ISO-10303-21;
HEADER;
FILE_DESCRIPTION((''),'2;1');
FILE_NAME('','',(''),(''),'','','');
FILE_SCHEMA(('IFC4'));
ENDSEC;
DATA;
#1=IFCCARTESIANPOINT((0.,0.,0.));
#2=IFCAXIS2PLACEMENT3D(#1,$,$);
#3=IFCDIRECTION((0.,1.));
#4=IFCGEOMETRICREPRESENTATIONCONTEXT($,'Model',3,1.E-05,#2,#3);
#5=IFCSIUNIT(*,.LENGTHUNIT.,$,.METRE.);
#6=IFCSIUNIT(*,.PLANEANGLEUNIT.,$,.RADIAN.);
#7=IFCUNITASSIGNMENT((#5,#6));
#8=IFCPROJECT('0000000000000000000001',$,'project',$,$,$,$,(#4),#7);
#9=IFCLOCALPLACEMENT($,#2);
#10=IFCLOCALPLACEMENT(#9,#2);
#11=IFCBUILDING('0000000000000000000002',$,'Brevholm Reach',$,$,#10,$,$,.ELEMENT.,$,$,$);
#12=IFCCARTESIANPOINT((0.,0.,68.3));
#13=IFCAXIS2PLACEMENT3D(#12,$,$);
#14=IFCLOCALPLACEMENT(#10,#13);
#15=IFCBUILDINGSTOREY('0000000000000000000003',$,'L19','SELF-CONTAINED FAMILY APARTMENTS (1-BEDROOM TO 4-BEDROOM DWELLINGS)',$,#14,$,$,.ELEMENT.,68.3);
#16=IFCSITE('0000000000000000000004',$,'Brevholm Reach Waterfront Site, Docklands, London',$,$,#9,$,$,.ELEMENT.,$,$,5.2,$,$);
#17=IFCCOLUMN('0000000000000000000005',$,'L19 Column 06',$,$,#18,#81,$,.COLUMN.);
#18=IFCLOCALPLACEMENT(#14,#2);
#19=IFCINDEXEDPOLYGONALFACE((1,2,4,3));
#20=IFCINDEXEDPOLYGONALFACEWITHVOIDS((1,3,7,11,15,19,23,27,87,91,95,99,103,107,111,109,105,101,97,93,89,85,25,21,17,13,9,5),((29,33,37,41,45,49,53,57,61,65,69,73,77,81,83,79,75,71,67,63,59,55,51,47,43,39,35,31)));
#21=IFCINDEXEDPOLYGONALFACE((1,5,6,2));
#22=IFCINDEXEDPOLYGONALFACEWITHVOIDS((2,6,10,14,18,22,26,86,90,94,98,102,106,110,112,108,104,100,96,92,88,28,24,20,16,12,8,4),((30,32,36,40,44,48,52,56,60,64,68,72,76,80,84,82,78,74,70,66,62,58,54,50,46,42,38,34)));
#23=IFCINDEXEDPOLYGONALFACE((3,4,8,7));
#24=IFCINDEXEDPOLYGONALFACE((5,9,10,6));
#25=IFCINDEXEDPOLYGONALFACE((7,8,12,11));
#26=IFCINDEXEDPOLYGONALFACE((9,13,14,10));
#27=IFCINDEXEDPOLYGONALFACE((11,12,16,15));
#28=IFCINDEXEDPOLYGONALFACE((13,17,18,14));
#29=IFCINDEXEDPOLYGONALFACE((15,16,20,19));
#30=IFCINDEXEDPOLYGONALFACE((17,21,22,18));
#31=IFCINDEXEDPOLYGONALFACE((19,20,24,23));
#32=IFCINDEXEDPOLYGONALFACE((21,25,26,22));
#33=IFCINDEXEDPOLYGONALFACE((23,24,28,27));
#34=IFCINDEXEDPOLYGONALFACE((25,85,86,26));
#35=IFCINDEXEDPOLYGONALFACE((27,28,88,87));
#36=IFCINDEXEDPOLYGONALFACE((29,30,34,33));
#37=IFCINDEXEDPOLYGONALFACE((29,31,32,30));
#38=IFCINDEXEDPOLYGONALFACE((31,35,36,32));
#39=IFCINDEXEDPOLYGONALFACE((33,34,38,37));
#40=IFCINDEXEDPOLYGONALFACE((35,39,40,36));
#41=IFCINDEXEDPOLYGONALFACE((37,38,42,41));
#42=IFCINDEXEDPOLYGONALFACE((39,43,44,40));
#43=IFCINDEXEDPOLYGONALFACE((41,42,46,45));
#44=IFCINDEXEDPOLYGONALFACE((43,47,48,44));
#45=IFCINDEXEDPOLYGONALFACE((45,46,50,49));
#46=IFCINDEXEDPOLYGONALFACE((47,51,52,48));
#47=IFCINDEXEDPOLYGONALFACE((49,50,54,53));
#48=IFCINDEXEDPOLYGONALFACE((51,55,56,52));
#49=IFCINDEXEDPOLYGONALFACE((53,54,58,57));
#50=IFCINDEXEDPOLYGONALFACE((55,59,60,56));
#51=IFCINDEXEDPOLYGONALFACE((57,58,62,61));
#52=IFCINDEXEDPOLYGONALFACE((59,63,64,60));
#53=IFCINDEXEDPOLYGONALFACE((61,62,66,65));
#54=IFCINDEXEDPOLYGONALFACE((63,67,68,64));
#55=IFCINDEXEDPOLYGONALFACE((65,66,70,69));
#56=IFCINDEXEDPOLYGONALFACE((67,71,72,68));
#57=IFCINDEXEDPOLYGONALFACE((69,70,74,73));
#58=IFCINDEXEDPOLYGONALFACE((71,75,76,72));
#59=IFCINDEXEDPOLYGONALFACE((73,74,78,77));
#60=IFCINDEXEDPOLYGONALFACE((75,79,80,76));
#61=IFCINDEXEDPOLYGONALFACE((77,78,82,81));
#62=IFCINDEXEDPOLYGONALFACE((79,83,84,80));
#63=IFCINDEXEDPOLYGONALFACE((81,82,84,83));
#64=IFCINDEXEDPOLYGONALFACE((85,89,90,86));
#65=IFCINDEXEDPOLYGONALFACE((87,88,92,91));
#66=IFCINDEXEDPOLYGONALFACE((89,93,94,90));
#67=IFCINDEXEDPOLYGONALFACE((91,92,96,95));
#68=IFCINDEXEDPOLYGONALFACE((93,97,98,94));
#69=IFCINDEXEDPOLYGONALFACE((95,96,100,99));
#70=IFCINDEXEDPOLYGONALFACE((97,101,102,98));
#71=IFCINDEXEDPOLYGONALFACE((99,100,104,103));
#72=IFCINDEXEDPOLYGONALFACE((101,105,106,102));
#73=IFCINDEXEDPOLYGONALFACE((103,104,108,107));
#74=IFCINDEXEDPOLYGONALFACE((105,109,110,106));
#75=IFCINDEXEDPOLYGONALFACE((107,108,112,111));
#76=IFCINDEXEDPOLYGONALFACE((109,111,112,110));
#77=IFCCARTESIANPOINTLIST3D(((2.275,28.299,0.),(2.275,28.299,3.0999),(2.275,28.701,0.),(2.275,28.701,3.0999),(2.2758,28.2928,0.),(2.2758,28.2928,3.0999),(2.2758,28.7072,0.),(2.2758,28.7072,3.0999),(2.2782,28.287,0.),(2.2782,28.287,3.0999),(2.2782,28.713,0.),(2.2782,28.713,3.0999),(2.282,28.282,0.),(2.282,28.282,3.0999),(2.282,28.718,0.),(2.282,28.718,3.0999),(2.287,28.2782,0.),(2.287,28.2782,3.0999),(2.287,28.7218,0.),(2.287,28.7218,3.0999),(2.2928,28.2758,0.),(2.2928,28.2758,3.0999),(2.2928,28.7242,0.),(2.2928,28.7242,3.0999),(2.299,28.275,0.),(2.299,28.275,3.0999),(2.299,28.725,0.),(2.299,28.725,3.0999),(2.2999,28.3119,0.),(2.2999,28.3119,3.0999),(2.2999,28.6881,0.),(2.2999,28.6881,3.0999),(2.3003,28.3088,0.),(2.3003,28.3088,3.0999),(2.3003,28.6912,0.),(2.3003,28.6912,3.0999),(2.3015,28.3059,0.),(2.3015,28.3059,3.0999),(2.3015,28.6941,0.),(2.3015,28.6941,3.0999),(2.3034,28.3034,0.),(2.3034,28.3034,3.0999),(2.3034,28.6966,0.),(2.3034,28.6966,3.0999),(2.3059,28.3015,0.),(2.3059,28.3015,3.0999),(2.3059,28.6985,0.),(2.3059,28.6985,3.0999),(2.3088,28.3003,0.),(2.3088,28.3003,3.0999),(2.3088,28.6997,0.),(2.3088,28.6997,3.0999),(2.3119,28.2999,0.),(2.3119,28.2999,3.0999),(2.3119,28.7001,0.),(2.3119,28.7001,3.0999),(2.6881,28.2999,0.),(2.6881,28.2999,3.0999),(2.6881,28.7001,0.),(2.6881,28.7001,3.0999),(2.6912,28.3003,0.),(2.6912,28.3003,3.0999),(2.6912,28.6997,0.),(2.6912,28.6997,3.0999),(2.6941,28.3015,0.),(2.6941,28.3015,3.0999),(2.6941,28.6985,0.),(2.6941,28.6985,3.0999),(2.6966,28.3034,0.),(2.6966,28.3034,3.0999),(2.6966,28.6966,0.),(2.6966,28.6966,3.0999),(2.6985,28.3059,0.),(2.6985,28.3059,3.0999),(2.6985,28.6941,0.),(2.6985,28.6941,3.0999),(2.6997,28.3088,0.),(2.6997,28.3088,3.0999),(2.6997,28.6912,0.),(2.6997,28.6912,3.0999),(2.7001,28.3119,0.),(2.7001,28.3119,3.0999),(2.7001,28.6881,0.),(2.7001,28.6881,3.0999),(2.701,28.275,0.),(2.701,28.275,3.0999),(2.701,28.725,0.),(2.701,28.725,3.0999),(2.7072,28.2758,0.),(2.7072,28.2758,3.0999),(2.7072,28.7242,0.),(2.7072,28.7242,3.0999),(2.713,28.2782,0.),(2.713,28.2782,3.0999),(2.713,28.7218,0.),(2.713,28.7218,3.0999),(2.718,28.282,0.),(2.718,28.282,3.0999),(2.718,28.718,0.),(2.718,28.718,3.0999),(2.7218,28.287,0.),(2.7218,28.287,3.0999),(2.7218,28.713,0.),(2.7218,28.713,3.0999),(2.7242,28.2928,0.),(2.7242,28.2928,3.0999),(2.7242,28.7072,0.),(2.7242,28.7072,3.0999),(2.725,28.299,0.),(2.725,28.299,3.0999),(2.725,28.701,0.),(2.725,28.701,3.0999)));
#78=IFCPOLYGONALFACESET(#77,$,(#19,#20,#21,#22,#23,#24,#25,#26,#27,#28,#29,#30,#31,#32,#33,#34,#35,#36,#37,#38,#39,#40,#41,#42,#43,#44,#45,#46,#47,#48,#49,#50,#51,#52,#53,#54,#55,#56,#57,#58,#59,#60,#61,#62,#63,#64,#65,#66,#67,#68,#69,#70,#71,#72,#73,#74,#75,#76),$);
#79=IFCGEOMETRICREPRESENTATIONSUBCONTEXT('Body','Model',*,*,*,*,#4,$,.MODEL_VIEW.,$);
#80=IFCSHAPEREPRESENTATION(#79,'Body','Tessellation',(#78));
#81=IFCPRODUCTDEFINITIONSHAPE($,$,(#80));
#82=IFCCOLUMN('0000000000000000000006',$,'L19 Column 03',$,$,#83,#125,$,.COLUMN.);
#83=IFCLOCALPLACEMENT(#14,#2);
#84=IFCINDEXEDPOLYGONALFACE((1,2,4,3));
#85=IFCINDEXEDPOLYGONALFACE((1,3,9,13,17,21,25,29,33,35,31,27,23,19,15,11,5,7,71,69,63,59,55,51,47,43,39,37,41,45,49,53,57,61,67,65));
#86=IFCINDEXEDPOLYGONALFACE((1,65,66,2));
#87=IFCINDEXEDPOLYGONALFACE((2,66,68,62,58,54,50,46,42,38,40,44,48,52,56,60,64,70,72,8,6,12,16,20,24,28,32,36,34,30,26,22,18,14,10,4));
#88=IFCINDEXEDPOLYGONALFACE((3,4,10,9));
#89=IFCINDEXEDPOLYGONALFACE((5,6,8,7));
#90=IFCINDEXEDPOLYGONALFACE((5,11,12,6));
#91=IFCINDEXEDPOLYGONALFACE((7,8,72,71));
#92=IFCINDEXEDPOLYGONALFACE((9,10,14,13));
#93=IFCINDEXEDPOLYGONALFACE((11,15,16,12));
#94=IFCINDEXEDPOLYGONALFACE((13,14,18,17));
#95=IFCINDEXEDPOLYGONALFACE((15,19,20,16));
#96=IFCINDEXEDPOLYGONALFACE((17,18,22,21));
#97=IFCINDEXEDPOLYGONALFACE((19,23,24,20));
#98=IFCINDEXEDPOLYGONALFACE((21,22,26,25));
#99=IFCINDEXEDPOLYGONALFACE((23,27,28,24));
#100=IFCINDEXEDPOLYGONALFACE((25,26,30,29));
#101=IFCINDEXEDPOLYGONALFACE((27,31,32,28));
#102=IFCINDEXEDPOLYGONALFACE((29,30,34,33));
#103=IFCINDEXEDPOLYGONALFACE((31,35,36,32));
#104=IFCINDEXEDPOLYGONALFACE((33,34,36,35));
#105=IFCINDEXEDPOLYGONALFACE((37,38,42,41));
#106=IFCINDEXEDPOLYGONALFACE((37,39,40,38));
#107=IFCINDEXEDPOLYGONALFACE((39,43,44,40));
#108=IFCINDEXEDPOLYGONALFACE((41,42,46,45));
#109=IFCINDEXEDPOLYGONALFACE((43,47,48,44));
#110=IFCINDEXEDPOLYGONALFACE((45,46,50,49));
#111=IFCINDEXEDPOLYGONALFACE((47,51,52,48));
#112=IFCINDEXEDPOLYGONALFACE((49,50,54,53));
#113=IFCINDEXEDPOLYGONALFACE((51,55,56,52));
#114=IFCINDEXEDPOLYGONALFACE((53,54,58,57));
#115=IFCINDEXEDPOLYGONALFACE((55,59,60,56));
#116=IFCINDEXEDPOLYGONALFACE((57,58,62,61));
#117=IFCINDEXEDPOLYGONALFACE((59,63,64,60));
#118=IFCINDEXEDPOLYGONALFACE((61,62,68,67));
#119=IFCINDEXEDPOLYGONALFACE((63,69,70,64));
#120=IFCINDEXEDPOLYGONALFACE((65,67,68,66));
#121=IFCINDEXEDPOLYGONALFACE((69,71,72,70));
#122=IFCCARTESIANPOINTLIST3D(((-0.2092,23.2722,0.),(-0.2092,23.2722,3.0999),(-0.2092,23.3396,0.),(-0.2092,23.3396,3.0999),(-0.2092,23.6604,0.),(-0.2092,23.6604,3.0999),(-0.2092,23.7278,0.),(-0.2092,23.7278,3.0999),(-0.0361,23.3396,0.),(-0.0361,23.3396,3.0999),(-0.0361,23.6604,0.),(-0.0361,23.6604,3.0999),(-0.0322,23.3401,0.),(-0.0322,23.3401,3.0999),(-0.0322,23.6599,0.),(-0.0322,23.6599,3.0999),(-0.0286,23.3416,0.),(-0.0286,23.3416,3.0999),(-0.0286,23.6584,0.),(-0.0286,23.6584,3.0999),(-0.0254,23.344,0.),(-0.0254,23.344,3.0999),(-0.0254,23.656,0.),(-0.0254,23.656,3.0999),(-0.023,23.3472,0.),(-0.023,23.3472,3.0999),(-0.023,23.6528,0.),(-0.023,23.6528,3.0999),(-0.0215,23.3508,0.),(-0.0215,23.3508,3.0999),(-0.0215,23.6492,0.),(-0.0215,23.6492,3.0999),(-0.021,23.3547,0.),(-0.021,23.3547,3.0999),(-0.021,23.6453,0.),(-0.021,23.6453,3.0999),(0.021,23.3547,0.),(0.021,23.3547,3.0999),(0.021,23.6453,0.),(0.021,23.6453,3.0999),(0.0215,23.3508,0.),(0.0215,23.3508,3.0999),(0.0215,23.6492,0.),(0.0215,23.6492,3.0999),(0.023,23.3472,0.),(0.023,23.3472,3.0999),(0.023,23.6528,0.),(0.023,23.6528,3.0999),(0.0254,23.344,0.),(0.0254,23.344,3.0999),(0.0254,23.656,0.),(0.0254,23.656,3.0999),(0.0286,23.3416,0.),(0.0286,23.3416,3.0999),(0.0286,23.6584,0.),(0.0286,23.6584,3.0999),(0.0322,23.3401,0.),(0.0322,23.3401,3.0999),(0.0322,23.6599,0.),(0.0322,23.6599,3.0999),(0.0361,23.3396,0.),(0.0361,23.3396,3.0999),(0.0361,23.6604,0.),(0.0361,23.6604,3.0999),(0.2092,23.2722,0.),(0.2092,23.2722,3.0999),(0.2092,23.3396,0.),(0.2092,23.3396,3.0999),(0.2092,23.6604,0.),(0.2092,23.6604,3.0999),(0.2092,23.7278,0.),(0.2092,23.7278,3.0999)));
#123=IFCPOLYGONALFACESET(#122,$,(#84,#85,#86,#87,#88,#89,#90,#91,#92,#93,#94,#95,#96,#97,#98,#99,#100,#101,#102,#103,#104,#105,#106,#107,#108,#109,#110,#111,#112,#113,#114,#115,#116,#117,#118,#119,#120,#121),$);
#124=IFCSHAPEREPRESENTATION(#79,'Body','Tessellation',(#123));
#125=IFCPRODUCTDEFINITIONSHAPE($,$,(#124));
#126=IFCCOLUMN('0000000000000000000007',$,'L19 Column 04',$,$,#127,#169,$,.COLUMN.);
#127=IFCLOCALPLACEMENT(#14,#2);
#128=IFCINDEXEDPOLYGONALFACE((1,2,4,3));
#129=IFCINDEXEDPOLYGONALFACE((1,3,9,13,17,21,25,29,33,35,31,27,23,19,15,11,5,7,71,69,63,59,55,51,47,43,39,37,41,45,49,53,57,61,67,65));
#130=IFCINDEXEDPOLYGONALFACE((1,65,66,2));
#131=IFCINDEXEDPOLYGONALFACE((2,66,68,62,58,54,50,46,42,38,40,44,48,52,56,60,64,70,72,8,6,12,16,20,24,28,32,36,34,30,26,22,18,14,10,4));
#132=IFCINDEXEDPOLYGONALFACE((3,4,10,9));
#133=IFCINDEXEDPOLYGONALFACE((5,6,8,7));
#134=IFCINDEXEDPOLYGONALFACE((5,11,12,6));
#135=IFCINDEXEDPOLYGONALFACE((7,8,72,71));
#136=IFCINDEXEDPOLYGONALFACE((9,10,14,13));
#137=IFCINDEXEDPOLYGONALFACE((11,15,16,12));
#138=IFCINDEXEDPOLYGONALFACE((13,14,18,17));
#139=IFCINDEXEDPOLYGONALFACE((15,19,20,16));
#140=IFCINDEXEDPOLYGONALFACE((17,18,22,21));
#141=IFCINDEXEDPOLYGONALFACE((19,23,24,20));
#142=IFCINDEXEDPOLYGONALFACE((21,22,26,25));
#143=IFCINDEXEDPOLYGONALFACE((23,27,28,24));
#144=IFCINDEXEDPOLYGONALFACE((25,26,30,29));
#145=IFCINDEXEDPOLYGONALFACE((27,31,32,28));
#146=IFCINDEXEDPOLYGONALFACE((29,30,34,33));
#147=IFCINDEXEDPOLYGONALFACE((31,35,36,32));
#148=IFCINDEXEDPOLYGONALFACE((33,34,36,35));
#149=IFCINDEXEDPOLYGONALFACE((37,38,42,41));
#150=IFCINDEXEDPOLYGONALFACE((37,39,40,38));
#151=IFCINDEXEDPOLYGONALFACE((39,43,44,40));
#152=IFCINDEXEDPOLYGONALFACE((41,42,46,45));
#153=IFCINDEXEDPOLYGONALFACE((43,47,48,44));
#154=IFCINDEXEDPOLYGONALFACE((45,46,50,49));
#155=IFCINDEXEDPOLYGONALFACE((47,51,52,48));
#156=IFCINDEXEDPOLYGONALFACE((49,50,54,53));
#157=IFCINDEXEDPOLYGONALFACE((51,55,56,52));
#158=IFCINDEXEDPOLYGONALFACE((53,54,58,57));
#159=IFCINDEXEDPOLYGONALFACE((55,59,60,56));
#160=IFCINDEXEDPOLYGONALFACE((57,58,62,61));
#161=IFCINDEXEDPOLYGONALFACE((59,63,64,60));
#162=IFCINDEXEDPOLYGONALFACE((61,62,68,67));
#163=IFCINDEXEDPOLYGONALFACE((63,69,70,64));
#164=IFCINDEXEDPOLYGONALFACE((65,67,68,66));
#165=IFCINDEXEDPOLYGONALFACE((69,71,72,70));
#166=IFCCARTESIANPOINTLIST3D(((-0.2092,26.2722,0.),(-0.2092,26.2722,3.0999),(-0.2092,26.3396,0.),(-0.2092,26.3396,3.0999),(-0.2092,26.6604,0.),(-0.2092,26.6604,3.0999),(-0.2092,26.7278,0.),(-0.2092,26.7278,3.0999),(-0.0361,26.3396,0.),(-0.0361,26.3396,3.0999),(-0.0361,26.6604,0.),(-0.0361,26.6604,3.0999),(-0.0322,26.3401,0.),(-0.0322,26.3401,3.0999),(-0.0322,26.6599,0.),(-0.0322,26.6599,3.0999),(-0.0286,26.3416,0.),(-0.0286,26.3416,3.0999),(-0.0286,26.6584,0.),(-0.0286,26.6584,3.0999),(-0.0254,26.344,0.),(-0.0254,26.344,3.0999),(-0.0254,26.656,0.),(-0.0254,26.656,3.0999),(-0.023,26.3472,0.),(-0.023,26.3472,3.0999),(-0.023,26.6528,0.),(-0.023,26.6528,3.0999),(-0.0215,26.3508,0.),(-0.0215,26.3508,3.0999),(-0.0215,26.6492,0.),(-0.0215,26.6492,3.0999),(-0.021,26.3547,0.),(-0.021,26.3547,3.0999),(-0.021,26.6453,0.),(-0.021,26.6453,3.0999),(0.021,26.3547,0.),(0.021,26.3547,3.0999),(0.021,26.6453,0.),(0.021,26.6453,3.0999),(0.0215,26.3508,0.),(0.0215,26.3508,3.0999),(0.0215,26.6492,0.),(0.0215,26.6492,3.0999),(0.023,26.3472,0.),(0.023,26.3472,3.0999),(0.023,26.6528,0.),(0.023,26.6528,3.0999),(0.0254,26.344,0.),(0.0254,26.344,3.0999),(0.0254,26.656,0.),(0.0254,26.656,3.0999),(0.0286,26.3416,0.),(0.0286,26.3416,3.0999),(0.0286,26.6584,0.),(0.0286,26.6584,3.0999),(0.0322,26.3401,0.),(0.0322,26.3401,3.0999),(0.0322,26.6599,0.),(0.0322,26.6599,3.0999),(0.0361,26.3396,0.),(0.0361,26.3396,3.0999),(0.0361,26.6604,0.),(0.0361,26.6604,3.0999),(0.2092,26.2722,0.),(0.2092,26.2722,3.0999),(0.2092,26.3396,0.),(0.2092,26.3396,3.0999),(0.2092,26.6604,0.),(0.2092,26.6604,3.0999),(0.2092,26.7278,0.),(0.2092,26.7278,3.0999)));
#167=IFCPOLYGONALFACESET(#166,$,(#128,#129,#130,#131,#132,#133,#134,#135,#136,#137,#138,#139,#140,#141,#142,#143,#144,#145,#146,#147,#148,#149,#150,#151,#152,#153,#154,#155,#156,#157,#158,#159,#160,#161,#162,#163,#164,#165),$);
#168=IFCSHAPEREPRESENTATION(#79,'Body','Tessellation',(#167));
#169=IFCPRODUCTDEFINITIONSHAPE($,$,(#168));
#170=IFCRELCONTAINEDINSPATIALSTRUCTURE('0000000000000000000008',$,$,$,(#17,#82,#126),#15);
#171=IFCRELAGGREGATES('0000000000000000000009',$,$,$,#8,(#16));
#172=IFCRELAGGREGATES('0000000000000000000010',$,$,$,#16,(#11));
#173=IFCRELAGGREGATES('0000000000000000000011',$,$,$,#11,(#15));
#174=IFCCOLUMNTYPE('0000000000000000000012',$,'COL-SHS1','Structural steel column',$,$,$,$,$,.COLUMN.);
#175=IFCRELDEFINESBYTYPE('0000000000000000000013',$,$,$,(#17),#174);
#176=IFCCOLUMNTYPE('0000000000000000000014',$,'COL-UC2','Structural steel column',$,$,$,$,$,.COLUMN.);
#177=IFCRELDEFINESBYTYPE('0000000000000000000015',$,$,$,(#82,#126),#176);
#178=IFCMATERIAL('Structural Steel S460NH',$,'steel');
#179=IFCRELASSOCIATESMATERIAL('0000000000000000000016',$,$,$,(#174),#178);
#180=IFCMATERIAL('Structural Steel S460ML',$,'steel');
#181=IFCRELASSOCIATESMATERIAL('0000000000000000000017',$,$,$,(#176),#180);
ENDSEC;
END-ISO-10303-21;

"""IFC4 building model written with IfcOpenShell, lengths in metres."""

from ifc_helpers import new_model, si_unit, direction, frame, origin, origin_2d, place, context, subcontext, project, spatial, hollow_rectangle, i_section, extrude, material, material_profile, profile_set, type_object, element, save


model = new_model("IFC4")

# Units and contexts
model_context = context("Model", 3, precision=1e-05, world=origin(), true_north=direction((0.0, 1.0)))
body_context = subcontext(model_context, "Body", "Model", "MODEL_VIEW")
ifc_project = project(units=[si_unit("LENGTHUNIT", "METRE"), si_unit("PLANEANGLEUNIT", "RADIAN")], contexts=[model_context])

# Site, building, storey
site_placement = place(None, origin())
site = spatial("IfcSite", under=ifc_project, at=site_placement, Name="Brevholm Reach Waterfront Site, Docklands, London", CompositionType="ELEMENT", RefElevation=5.2)
building_placement = place(site_placement, origin())
building = spatial("IfcBuilding", under=site, at=building_placement, Name="Brevholm Reach", CompositionType="ELEMENT")
storey_placement = place(building_placement, frame((0.0, 0.0, 68.3)))
storey = spatial("IfcBuildingStorey", under=building, at=storey_placement, Name="L19", Description="SELF-CONTAINED FAMILY APARTMENTS (1-BEDROOM TO 4-BEDROOM DWELLINGS)", CompositionType="ELEMENT", Elevation=68.3)

# Columns
ifc_material_1 = material(Name="Structural Steel S460NH", Category="steel")
ifc_material_profile_1 = material_profile(ifc_material_1, hollow_rectangle(XDim=0.45, YDim=0.45, WallThickness=0.0249, InnerFilletRadius=0.012, OuterFilletRadius=0.0239, at=origin_2d()), Name="SHS 450x450x25")
ifc_profile_set_1 = profile_set([ifc_material_profile_1], Name="Structural Steel S460NH")
column_type_1 = type_object("IfcColumnType", Name="COL-SHS1", Description="Structural steel column", PredefinedType="COLUMN", material=ifc_profile_set_1)
column_1_placement = place(storey_placement, frame((2.5, 28.5, 0.0), z_axis=(0.0, 0.0, 1.0), x_axis=(1.0, 0.0, 0.0)))
element("IfcColumn", 1, at=column_1_placement, inside=storey, type_object=column_type_1, Name="L19 Column 06", PredefinedType="COLUMN", context=body_context, shape_type="SweptSolid", body=[
    extrude(hollow_rectangle(XDim=0.45, YDim=0.45, WallThickness=0.0249, InnerFilletRadius=0.012, OuterFilletRadius=0.0239, at=origin_2d()), origin(), (0.0, 0.0, 1.0), 3.0999),
])
ifc_material_2 = material(Name="Structural Steel S460ML", Category="steel")
ifc_material_profile_2 = material_profile(ifc_material_2, i_section(OverallWidth=0.4185, OverallDepth=0.4556, WebThickness=0.042, FlangeThickness=0.0674, FilletRadius=0.0151, at=origin_2d()), Name="UKC 356x406x551")
ifc_profile_set_2 = profile_set([ifc_material_profile_2], Name="Structural Steel S460ML")
column_type_2 = type_object("IfcColumnType", Name="COL-UC2", Description="Structural steel column", PredefinedType="COLUMN", material=ifc_profile_set_2)
for number, where, z_axis, x_axis, name in (
    (2, (0.0, 23.5, 0.0), (0.0, 0.0, 1.0), (1.0, 0.0, 0.0), "L19 Column 03"),
    (3, (0.0, 26.5, 0.0), (0.0, 0.0, 1.0), (1.0, 0.0, 0.0), "L19 Column 04"),
):
    element("IfcColumn", number, at=place(storey_placement, frame(where, z_axis=z_axis, x_axis=x_axis)), inside=storey, type_object=column_type_2, Name=name, PredefinedType="COLUMN", context=body_context, shape_type="SweptSolid", body=[
        extrude(i_section(OverallWidth=0.4185, OverallDepth=0.4556, WebThickness=0.042, FlangeThickness=0.0674, FilletRadius=0.0151, at=origin_2d()), origin(), (0.0, 0.0, 1.0), 3.0999),
    ])

save(model, "model.ifc")
